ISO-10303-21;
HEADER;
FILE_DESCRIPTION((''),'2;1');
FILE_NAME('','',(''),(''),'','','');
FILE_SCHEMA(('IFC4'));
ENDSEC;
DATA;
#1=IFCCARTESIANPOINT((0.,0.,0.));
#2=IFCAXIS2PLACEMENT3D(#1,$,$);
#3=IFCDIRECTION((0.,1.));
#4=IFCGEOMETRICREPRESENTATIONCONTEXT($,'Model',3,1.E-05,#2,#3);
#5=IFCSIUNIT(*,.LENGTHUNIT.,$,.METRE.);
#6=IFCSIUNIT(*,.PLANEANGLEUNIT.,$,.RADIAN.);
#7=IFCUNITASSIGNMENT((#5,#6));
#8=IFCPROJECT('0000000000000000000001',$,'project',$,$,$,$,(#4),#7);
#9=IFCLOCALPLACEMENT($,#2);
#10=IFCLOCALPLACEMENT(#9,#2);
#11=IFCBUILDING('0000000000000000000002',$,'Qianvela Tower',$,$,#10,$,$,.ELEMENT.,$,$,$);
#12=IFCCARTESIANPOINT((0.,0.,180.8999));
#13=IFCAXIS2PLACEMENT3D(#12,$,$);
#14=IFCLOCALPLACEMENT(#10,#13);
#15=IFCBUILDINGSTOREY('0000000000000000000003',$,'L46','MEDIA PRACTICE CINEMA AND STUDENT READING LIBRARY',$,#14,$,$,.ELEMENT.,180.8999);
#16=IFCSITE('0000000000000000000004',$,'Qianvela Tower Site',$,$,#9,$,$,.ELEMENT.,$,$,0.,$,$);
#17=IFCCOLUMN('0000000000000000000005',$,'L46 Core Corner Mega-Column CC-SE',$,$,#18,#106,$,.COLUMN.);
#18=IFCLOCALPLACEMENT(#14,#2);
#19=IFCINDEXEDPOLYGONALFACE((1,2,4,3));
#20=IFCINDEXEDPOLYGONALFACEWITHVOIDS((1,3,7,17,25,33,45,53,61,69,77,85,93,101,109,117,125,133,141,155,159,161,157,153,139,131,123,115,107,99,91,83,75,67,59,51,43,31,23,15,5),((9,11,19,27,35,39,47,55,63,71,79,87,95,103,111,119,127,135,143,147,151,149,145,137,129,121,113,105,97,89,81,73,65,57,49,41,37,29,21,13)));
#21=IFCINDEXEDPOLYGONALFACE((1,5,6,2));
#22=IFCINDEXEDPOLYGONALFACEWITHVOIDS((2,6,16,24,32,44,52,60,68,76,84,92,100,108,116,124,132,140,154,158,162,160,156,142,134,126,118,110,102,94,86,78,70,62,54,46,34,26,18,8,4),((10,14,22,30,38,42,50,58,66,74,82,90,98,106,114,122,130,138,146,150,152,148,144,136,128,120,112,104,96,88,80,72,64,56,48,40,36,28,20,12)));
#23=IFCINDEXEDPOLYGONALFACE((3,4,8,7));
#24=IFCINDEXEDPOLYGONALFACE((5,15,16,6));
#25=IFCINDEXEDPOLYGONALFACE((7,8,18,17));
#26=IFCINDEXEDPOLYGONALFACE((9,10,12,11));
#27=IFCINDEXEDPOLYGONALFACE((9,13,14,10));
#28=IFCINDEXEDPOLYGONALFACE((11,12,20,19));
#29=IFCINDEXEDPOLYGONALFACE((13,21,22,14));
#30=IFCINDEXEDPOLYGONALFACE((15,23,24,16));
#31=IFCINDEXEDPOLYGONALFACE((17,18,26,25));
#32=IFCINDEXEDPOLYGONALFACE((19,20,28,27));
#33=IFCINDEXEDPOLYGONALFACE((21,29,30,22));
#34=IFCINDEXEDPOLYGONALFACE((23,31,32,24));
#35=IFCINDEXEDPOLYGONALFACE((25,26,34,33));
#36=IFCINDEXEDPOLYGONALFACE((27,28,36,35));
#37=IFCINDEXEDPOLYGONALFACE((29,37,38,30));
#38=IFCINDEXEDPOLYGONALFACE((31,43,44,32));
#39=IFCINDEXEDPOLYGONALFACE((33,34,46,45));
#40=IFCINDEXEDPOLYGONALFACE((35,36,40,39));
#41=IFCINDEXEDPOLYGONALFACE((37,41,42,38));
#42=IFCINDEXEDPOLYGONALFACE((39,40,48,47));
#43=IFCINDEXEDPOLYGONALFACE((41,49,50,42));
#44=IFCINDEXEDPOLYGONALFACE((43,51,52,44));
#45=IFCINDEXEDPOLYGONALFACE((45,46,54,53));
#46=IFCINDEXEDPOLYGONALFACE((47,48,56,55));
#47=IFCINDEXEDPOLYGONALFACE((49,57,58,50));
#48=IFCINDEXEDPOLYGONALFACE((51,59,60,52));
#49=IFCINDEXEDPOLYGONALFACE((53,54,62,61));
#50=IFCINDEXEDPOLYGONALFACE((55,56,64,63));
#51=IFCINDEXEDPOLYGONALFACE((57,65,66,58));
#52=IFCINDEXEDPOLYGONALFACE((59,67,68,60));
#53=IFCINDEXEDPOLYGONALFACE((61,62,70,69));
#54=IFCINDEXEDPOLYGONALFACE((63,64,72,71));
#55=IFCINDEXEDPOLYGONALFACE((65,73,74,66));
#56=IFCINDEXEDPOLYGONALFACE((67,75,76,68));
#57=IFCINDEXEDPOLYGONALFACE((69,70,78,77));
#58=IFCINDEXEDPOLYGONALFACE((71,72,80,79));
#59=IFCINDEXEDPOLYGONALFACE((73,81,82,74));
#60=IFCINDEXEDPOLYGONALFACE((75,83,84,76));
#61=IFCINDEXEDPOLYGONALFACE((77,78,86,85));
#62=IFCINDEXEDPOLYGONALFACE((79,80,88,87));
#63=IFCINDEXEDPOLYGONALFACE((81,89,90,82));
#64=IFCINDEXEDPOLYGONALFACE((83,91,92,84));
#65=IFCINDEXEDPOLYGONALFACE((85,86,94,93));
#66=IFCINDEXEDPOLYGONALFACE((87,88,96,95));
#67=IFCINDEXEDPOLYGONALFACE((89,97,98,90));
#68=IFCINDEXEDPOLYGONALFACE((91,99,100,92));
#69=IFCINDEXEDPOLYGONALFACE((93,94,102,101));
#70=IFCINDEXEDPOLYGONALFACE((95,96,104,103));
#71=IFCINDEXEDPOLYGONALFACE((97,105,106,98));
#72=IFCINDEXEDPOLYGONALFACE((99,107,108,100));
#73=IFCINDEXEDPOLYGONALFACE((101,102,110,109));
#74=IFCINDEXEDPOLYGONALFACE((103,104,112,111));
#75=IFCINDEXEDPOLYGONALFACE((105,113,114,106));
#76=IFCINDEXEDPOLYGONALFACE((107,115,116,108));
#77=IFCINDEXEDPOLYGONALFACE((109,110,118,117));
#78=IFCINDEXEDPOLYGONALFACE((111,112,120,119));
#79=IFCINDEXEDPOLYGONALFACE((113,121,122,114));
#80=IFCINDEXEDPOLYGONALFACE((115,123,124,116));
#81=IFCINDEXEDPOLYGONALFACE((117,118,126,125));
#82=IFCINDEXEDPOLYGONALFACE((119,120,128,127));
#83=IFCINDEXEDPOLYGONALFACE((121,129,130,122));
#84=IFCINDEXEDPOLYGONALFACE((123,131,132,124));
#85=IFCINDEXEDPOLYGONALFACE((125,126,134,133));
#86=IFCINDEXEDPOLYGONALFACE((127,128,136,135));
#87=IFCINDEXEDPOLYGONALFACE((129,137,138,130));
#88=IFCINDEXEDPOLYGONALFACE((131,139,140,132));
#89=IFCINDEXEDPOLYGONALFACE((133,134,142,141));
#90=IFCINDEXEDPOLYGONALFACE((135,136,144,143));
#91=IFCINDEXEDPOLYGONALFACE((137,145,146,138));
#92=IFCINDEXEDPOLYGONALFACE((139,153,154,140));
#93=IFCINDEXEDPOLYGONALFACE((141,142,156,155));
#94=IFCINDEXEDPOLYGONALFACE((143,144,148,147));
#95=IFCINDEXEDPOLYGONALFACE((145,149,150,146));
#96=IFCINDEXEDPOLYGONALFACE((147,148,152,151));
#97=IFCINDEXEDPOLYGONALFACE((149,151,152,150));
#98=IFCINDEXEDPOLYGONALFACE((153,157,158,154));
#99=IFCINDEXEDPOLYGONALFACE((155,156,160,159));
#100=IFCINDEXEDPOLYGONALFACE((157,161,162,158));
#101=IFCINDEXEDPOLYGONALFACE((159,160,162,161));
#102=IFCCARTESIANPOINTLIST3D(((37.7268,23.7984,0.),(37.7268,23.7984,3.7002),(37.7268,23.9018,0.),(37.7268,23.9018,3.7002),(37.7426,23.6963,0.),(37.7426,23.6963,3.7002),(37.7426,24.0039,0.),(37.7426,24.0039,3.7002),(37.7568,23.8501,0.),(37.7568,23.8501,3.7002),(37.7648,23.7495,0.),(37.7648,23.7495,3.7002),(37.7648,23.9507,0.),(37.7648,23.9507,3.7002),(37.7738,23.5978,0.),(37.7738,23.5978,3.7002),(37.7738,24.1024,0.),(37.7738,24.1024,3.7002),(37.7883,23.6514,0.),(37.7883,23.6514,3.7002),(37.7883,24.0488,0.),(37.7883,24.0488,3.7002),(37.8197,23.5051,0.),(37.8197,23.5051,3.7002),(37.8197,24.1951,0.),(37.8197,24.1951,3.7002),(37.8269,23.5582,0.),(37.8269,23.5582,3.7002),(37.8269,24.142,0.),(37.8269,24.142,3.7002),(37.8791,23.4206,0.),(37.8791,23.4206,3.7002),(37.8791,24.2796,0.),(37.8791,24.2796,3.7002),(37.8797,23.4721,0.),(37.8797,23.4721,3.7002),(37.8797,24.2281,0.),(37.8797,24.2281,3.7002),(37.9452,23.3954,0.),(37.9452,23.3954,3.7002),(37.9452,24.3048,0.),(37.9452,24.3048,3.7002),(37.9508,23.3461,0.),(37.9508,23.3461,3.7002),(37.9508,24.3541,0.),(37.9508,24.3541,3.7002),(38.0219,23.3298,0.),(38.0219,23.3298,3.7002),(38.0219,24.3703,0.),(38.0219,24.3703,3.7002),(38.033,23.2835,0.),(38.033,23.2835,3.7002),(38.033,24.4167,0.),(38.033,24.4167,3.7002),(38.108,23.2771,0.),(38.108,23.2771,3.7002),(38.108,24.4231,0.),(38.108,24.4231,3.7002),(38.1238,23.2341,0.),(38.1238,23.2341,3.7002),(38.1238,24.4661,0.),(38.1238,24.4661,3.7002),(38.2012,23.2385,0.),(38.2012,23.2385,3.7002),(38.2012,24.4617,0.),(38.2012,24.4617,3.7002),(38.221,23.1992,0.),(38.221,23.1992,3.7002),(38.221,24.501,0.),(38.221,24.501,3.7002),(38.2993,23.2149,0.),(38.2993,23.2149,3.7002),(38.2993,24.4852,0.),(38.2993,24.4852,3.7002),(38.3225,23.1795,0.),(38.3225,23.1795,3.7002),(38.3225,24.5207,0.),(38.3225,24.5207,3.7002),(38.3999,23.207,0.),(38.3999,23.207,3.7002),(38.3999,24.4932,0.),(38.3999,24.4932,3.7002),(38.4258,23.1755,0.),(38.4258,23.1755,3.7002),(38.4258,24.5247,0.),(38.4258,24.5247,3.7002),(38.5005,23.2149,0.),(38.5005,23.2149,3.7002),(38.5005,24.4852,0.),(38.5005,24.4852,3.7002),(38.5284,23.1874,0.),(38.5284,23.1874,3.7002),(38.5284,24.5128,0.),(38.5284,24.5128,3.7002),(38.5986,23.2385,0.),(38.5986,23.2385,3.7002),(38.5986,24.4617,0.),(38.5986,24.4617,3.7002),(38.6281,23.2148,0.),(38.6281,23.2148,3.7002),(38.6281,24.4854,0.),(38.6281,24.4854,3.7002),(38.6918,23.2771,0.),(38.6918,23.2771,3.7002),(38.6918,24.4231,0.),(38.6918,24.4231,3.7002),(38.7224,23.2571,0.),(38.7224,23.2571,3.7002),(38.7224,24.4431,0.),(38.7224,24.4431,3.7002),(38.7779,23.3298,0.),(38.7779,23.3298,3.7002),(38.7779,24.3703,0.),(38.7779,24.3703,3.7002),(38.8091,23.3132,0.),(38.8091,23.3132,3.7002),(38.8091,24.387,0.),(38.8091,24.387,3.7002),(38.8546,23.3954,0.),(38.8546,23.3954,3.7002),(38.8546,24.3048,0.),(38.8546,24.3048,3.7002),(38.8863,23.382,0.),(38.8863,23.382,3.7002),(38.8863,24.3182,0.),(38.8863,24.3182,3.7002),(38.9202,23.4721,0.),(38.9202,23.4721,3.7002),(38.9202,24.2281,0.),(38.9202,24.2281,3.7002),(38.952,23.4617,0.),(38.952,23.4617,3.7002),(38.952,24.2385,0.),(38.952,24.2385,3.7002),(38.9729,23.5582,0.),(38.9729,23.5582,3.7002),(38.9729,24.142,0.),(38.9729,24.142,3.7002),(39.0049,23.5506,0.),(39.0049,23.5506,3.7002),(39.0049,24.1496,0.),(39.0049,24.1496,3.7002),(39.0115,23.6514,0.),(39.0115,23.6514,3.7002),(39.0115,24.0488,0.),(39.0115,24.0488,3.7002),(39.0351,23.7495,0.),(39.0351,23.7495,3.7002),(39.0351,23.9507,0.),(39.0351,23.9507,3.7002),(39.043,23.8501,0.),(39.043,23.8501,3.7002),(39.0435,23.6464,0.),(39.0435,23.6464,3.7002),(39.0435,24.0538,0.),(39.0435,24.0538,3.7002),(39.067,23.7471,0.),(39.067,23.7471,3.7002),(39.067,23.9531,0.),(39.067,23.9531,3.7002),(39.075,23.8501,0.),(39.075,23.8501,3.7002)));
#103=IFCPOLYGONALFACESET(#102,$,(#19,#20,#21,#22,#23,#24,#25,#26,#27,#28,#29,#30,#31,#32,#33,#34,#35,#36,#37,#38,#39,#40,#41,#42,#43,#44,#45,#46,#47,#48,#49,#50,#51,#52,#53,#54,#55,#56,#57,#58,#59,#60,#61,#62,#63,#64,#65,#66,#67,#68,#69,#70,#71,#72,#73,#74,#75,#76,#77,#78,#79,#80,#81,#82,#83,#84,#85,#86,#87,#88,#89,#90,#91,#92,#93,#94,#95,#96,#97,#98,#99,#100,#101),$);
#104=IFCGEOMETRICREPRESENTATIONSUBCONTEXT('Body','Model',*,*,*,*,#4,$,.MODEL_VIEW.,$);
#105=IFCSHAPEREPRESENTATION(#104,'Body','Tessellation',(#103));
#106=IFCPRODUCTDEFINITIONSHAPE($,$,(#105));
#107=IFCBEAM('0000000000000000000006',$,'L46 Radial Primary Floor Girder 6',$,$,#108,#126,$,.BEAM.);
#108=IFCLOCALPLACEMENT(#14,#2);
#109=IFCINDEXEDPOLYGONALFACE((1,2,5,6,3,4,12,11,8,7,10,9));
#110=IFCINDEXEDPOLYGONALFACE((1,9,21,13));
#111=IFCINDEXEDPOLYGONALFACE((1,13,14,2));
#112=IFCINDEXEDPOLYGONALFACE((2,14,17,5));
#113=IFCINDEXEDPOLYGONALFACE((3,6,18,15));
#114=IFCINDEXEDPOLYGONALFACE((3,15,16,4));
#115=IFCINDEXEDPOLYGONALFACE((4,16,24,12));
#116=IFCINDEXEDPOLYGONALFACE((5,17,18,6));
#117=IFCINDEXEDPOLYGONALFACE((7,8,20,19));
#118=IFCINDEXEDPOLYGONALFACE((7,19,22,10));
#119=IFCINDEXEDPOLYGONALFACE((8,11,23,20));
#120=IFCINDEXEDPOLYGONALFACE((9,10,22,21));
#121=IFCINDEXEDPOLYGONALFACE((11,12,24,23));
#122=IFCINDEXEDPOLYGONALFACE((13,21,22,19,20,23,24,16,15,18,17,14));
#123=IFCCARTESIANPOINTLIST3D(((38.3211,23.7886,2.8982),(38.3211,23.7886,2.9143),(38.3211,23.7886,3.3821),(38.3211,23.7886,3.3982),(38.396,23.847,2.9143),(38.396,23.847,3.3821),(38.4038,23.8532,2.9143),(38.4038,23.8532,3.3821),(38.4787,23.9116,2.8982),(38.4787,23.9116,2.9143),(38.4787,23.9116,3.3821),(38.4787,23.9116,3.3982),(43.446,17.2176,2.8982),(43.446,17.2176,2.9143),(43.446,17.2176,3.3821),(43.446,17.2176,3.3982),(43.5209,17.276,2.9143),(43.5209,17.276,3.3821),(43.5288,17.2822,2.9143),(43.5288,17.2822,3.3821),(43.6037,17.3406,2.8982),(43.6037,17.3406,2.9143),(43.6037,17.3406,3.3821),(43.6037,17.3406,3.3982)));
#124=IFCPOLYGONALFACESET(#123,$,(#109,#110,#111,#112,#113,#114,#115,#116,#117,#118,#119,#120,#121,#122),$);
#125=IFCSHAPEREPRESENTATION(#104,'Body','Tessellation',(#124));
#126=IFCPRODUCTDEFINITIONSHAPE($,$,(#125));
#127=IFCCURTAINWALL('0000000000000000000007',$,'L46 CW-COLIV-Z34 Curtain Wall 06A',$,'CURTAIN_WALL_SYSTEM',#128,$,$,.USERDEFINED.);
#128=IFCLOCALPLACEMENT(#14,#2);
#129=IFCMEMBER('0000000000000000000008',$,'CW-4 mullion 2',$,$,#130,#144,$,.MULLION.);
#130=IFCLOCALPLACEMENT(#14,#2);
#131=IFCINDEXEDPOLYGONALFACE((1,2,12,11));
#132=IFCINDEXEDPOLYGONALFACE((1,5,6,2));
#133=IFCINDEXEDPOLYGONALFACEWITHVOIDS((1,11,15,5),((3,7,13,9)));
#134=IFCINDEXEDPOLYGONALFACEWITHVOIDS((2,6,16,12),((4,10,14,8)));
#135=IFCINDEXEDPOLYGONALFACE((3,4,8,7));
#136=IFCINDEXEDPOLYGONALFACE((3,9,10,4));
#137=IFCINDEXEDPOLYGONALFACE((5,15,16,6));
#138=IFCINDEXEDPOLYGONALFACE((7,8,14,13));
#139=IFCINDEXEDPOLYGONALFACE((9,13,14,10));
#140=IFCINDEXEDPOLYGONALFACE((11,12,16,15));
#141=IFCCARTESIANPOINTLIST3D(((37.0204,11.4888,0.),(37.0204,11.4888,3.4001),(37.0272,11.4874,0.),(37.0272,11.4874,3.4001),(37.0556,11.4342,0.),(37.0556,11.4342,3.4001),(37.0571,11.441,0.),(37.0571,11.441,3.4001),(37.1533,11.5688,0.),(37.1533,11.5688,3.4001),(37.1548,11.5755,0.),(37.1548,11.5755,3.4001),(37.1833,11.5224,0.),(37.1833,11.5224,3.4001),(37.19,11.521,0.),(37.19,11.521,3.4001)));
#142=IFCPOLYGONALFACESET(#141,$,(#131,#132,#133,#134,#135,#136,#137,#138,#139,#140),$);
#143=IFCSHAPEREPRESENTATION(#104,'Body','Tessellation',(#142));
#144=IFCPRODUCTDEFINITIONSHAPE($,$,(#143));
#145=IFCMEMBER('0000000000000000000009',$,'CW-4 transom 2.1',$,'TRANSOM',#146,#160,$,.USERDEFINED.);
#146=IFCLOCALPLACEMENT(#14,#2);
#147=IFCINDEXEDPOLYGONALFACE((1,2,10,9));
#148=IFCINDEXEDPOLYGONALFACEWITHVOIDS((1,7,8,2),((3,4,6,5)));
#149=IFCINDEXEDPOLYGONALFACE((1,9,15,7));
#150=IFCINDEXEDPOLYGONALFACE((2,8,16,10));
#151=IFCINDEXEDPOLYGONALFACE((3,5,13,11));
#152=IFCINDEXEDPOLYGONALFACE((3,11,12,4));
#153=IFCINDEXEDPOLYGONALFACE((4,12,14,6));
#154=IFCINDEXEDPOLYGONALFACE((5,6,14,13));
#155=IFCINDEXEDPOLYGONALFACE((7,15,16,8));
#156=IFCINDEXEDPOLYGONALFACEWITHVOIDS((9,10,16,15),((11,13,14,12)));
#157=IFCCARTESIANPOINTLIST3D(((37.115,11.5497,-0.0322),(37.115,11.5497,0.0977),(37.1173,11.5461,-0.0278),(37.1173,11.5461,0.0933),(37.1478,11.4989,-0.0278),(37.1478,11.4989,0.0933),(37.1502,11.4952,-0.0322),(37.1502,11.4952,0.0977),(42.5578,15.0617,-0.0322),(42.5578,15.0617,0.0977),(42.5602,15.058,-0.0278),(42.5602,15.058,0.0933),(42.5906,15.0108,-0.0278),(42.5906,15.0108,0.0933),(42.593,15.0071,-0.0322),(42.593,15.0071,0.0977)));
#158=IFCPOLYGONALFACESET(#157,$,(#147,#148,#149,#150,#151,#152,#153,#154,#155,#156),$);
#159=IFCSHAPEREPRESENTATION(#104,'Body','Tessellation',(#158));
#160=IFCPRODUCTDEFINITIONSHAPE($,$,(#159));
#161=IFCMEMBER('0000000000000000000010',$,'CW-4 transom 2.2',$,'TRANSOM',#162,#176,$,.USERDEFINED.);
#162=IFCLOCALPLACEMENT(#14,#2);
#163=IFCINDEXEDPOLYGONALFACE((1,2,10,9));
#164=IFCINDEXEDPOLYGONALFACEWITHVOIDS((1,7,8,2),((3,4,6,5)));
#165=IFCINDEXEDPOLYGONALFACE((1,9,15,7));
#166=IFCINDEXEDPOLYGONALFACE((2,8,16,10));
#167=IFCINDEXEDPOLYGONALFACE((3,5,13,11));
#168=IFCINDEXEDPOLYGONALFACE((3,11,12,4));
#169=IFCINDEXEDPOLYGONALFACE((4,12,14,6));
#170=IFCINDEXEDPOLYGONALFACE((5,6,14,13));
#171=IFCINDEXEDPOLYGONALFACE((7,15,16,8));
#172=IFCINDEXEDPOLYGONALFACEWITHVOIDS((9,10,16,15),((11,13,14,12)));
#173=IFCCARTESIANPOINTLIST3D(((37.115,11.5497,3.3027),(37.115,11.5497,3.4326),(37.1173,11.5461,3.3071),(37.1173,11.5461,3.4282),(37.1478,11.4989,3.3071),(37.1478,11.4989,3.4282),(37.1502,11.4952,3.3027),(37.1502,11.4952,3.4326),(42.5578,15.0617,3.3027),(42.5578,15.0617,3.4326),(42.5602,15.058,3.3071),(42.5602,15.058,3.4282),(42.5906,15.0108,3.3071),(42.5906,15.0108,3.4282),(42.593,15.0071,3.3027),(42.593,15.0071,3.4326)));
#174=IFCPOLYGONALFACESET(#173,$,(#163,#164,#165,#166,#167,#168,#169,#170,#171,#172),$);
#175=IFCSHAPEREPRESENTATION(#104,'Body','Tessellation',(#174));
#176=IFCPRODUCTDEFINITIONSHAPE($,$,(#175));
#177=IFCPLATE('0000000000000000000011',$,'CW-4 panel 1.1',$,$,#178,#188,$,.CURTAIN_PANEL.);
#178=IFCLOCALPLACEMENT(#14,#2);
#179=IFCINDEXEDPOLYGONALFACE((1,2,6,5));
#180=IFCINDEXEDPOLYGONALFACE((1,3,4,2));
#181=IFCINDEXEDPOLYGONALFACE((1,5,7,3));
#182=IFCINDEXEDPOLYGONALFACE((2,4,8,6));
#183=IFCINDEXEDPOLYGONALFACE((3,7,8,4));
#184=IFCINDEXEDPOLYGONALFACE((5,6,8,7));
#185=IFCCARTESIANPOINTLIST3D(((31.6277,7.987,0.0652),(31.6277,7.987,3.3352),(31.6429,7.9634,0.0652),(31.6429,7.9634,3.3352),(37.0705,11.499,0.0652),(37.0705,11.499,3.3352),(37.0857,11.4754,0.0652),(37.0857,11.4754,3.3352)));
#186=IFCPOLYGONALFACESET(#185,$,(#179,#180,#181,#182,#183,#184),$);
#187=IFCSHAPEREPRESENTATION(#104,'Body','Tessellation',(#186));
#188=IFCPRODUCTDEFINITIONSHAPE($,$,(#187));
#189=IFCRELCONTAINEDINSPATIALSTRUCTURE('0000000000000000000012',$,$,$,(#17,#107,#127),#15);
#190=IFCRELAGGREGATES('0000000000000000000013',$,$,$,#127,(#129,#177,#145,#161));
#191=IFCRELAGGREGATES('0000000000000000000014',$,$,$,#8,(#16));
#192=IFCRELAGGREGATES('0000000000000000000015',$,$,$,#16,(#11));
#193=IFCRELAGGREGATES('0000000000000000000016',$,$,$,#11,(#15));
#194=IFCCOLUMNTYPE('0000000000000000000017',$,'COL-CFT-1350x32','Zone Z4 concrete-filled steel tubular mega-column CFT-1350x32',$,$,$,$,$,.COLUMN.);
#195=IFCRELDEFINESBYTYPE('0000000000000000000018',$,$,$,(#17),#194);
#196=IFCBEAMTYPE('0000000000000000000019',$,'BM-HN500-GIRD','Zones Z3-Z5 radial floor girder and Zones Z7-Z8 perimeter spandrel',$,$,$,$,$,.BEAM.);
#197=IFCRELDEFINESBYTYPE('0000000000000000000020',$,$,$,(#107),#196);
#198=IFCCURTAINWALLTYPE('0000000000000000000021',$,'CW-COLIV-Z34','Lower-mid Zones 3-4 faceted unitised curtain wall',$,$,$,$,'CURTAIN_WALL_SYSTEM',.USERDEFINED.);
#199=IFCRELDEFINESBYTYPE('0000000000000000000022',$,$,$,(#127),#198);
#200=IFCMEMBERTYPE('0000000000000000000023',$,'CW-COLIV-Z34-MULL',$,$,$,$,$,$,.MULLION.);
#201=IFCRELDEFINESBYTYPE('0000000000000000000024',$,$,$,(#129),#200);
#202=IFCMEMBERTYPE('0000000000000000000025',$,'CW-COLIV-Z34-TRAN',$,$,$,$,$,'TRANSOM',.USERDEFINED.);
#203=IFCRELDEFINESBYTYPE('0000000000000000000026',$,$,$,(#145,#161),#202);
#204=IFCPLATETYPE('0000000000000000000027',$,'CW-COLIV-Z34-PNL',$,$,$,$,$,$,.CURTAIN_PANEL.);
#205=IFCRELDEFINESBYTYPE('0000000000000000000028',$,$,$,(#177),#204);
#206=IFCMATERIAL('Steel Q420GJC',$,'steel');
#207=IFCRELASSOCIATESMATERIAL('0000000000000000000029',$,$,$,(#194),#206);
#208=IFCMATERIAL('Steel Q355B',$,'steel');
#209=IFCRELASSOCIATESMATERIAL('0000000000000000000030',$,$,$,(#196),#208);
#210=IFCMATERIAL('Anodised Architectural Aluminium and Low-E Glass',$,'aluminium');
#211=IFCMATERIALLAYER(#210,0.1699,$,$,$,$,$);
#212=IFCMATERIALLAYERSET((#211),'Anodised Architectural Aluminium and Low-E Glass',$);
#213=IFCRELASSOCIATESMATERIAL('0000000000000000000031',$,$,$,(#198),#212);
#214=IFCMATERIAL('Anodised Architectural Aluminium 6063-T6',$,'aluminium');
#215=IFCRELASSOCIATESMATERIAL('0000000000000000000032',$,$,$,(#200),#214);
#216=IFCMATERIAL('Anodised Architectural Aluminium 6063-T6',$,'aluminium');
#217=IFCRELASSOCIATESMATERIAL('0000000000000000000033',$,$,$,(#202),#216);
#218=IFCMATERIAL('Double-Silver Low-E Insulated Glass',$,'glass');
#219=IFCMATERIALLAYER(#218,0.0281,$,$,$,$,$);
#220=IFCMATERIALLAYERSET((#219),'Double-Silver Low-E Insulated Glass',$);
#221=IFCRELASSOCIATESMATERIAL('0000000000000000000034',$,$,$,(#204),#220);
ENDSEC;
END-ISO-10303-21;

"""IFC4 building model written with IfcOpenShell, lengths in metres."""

from ifc_helpers import new_model, si_unit, direction, frame, origin, origin_2d, place, context, subcontext, project, spatial, rectangle, hollow_rectangle, hollow_circle, i_section, extrude, material, layer, layer_set, material_profile, profile_set, type_object, element, aggregate, save


model = new_model("IFC4")

# Units and contexts
model_context = context("Model", 3, precision=1e-05, world=origin(), true_north=direction((0.0, 1.0)))
body_context = subcontext(model_context, "Body", "Model", "MODEL_VIEW")
ifc_project = project(units=[si_unit("LENGTHUNIT", "METRE"), si_unit("PLANEANGLEUNIT", "RADIAN")], contexts=[model_context])

# Site, building, storey
site_placement = place(None, origin())
site = spatial("IfcSite", under=ifc_project, at=site_placement, Name="Qianvela Tower Site", CompositionType="ELEMENT", RefElevation=0.0)
building_placement = place(site_placement, origin())
building = spatial("IfcBuilding", under=site, at=building_placement, Name="Qianvela Tower", CompositionType="ELEMENT")
storey_placement = place(building_placement, frame((0.0, 0.0, 180.8999)))
storey = spatial("IfcBuildingStorey", under=building, at=storey_placement, Name="L46", Description="MEDIA PRACTICE CINEMA AND STUDENT READING LIBRARY", CompositionType="ELEMENT", Elevation=180.8999)

# Column
ifc_material_1 = material(Name="Steel Q420GJC", Category="steel")
ifc_material_profile_1 = material_profile(ifc_material_1, hollow_circle(Radius=0.675, WallThickness=0.032, at=origin_2d()), Name="CFT-1350x32")
ifc_profile_set_1 = profile_set([ifc_material_profile_1], Name="Steel Q420GJC")
column_type = type_object("IfcColumnType", Name="COL-CFT-1350x32", Description="Zone Z4 concrete-filled steel tubular mega-column CFT-1350x32", PredefinedType="COLUMN", material=ifc_profile_set_1)
column_placement = place(storey_placement, frame((38.3999, 23.8501, 0.0), z_axis=(0.0, 0.0, 1.0), x_axis=(1.0, 0.0, 0.0)))
element("IfcColumn", 1, at=column_placement, inside=storey, type_object=column_type, Name="L46 Core Corner Mega-Column CC-SE", PredefinedType="COLUMN", context=body_context, shape_type="SweptSolid", body=[
    extrude(hollow_circle(Radius=0.675, WallThickness=0.032, at=origin_2d()), origin(), (0.0, 0.0, 1.0), 3.7002),
])

# Beam
ifc_material_2 = material(Name="Steel Q355B", Category="steel")
ifc_material_profile_2 = material_profile(ifc_material_2, i_section(OverallWidth=0.2, OverallDepth=0.5, WebThickness=0.01, FlangeThickness=0.0161, at=origin_2d()), Name="HN500x200x10x16")
ifc_profile_set_2 = profile_set([ifc_material_profile_2], Name="Steel Q355B")
beam_type = type_object("IfcBeamType", Name="BM-HN500-GIRD", Description="Zones Z3-Z5 radial floor girder and Zones Z7-Z8 perimeter spandrel", PredefinedType="BEAM", material=ifc_profile_set_2)
beam_placement = place(storey_placement, frame((38.3999, 23.8501, 3.1482), z_axis=(0.615001, -0.788526, 0.0), x_axis=(0.788526, 0.615001, 0.0)))
element("IfcBeam", 2, at=beam_placement, inside=storey, type_object=beam_type, Name="L46 Radial Primary Floor Girder 6", PredefinedType="BEAM", context=body_context, shape_type="SweptSolid", body=[
    extrude(i_section(OverallWidth=0.2, OverallDepth=0.5, WebThickness=0.01, FlangeThickness=0.0161, at=origin_2d()), origin(), (0.0, 0.0, 1.0), 8.3333),
])

# Curtain wall, members, plate
ifc_material_3 = material(Name="Anodised Architectural Aluminium and Low-E Glass", Category="aluminium")
ifc_layer_1 = layer(ifc_material_3, 0.1699)
ifc_layer_set_1 = layer_set([ifc_layer_1], Name="Anodised Architectural Aluminium and Low-E Glass")
curtain_wall_type = type_object("IfcCurtainWallType", Name="CW-COLIV-Z34", Description="Lower-mid Zones 3-4 faceted unitised curtain wall", ElementType="CURTAIN_WALL_SYSTEM", PredefinedType="USERDEFINED", material=ifc_layer_set_1)
curtain_wall_placement = place(storey_placement, origin())
curtain_wall = element("IfcCurtainWall", 3, at=curtain_wall_placement, inside=storey, type_object=curtain_wall_type, Name="L46 CW-COLIV-Z34 Curtain Wall 06A", ObjectType="CURTAIN_WALL_SYSTEM", PredefinedType="USERDEFINED")
ifc_material_4 = material(Name="Anodised Architectural Aluminium 6063-T6", Category="aluminium")
ifc_material_profile_3 = material_profile(ifc_material_4, hollow_rectangle(XDim=0.0649, YDim=0.1599, WallThickness=0.0049, at=origin_2d()), Name="ALU-MULL-65x160")
ifc_profile_set_3 = profile_set([ifc_material_profile_3], Name="Anodised Architectural Aluminium 6063-T6")
member_type_1 = type_object("IfcMemberType", Name="CW-COLIV-Z34-MULL", PredefinedType="MULLION", material=ifc_profile_set_3)
member_1_placement = place(storey_placement, frame((37.1052, 11.5049, 0.0), z_axis=(0.0, 0.0, 1.0), x_axis=(-0.542189, 0.840257, 0.0)))
member_1 = element("IfcMember", 4, at=member_1_placement, type_object=member_type_1, Name="CW-4 mullion 2", PredefinedType="MULLION", context=body_context, shape_type="SweptSolid", body=[
    extrude(hollow_rectangle(XDim=0.0649, YDim=0.1599, WallThickness=0.0049, at=origin_2d()), origin(), (0.0, 0.0, 1.0), 3.4001),
])
ifc_material_5 = material(Name="Anodised Architectural Aluminium 6063-T6", Category="aluminium")
ifc_material_profile_4 = material_profile(ifc_material_5, hollow_rectangle(XDim=0.0649, YDim=0.1299, WallThickness=0.0044, at=origin_2d()), Name="ALU-TRAN-65x130")
ifc_profile_set_4 = profile_set([ifc_material_profile_4], Name="Anodised Architectural Aluminium 6063-T6")
member_type_2 = type_object("IfcMemberType", Name="CW-COLIV-Z34-TRAN", ElementType="TRANSOM", PredefinedType="USERDEFINED", material=ifc_profile_set_4)
member_2_placement = place(storey_placement, frame((37.1326, 11.5225, 0.0327), z_axis=(0.840266, 0.542174, 0.0), x_axis=(-0.542174, 0.840266, 0.0)))
member_2 = element("IfcMember", 5, at=member_2_placement, type_object=member_type_2, Name="CW-4 transom 2.1", ObjectType="TRANSOM", PredefinedType="USERDEFINED", context=body_context, shape_type="SweptSolid", body=[
    extrude(hollow_rectangle(XDim=0.0649, YDim=0.1299, WallThickness=0.0044, at=origin_2d()), origin(), (0.0, 0.0, 1.0), 6.4775),
])
member_3_placement = place(storey_placement, frame((37.1326, 11.5225, 3.3677), z_axis=(0.840266, 0.542174, 0.0), x_axis=(-0.542174, 0.840266, 0.0)))
member_3 = element("IfcMember", 6, at=member_3_placement, type_object=member_type_2, Name="CW-4 transom 2.2", ObjectType="TRANSOM", PredefinedType="USERDEFINED", context=body_context, shape_type="SweptSolid", body=[
    extrude(hollow_rectangle(XDim=0.0649, YDim=0.1299, WallThickness=0.0044, at=origin_2d()), origin(), (0.0, 0.0, 1.0), 6.4775),
])
ifc_material_6 = material(Name="Double-Silver Low-E Insulated Glass", Category="glass")
ifc_layer_2 = layer(ifc_material_6, 0.0281)
ifc_layer_set_2 = layer_set([ifc_layer_2], Name="Double-Silver Low-E Insulated Glass")
plate_type = type_object("IfcPlateType", Name="CW-COLIV-Z34-PNL", PredefinedType="CURTAIN_PANEL", material=ifc_layer_set_2)
plate_1_placement = place(storey_placement, frame((34.3567, 9.7312, 0.0652), z_axis=(0.0, 0.0, 1.0), x_axis=(0.840257, 0.542189, 0.0)))
plate_1 = element("IfcPlate", 7, at=plate_1_placement, type_object=plate_type, Name="CW-4 panel 1.1", PredefinedType="CURTAIN_PANEL", context=body_context, shape_type="SweptSolid", body=[
    extrude(rectangle(XDim=6.4775, YDim=0.0281, at=origin_2d()), origin(), (0.0, 0.0, 1.0), 3.27),
])
aggregate(curtain_wall, [member_1, plate_1, member_2, member_3])

save(model, "model.ifc")
